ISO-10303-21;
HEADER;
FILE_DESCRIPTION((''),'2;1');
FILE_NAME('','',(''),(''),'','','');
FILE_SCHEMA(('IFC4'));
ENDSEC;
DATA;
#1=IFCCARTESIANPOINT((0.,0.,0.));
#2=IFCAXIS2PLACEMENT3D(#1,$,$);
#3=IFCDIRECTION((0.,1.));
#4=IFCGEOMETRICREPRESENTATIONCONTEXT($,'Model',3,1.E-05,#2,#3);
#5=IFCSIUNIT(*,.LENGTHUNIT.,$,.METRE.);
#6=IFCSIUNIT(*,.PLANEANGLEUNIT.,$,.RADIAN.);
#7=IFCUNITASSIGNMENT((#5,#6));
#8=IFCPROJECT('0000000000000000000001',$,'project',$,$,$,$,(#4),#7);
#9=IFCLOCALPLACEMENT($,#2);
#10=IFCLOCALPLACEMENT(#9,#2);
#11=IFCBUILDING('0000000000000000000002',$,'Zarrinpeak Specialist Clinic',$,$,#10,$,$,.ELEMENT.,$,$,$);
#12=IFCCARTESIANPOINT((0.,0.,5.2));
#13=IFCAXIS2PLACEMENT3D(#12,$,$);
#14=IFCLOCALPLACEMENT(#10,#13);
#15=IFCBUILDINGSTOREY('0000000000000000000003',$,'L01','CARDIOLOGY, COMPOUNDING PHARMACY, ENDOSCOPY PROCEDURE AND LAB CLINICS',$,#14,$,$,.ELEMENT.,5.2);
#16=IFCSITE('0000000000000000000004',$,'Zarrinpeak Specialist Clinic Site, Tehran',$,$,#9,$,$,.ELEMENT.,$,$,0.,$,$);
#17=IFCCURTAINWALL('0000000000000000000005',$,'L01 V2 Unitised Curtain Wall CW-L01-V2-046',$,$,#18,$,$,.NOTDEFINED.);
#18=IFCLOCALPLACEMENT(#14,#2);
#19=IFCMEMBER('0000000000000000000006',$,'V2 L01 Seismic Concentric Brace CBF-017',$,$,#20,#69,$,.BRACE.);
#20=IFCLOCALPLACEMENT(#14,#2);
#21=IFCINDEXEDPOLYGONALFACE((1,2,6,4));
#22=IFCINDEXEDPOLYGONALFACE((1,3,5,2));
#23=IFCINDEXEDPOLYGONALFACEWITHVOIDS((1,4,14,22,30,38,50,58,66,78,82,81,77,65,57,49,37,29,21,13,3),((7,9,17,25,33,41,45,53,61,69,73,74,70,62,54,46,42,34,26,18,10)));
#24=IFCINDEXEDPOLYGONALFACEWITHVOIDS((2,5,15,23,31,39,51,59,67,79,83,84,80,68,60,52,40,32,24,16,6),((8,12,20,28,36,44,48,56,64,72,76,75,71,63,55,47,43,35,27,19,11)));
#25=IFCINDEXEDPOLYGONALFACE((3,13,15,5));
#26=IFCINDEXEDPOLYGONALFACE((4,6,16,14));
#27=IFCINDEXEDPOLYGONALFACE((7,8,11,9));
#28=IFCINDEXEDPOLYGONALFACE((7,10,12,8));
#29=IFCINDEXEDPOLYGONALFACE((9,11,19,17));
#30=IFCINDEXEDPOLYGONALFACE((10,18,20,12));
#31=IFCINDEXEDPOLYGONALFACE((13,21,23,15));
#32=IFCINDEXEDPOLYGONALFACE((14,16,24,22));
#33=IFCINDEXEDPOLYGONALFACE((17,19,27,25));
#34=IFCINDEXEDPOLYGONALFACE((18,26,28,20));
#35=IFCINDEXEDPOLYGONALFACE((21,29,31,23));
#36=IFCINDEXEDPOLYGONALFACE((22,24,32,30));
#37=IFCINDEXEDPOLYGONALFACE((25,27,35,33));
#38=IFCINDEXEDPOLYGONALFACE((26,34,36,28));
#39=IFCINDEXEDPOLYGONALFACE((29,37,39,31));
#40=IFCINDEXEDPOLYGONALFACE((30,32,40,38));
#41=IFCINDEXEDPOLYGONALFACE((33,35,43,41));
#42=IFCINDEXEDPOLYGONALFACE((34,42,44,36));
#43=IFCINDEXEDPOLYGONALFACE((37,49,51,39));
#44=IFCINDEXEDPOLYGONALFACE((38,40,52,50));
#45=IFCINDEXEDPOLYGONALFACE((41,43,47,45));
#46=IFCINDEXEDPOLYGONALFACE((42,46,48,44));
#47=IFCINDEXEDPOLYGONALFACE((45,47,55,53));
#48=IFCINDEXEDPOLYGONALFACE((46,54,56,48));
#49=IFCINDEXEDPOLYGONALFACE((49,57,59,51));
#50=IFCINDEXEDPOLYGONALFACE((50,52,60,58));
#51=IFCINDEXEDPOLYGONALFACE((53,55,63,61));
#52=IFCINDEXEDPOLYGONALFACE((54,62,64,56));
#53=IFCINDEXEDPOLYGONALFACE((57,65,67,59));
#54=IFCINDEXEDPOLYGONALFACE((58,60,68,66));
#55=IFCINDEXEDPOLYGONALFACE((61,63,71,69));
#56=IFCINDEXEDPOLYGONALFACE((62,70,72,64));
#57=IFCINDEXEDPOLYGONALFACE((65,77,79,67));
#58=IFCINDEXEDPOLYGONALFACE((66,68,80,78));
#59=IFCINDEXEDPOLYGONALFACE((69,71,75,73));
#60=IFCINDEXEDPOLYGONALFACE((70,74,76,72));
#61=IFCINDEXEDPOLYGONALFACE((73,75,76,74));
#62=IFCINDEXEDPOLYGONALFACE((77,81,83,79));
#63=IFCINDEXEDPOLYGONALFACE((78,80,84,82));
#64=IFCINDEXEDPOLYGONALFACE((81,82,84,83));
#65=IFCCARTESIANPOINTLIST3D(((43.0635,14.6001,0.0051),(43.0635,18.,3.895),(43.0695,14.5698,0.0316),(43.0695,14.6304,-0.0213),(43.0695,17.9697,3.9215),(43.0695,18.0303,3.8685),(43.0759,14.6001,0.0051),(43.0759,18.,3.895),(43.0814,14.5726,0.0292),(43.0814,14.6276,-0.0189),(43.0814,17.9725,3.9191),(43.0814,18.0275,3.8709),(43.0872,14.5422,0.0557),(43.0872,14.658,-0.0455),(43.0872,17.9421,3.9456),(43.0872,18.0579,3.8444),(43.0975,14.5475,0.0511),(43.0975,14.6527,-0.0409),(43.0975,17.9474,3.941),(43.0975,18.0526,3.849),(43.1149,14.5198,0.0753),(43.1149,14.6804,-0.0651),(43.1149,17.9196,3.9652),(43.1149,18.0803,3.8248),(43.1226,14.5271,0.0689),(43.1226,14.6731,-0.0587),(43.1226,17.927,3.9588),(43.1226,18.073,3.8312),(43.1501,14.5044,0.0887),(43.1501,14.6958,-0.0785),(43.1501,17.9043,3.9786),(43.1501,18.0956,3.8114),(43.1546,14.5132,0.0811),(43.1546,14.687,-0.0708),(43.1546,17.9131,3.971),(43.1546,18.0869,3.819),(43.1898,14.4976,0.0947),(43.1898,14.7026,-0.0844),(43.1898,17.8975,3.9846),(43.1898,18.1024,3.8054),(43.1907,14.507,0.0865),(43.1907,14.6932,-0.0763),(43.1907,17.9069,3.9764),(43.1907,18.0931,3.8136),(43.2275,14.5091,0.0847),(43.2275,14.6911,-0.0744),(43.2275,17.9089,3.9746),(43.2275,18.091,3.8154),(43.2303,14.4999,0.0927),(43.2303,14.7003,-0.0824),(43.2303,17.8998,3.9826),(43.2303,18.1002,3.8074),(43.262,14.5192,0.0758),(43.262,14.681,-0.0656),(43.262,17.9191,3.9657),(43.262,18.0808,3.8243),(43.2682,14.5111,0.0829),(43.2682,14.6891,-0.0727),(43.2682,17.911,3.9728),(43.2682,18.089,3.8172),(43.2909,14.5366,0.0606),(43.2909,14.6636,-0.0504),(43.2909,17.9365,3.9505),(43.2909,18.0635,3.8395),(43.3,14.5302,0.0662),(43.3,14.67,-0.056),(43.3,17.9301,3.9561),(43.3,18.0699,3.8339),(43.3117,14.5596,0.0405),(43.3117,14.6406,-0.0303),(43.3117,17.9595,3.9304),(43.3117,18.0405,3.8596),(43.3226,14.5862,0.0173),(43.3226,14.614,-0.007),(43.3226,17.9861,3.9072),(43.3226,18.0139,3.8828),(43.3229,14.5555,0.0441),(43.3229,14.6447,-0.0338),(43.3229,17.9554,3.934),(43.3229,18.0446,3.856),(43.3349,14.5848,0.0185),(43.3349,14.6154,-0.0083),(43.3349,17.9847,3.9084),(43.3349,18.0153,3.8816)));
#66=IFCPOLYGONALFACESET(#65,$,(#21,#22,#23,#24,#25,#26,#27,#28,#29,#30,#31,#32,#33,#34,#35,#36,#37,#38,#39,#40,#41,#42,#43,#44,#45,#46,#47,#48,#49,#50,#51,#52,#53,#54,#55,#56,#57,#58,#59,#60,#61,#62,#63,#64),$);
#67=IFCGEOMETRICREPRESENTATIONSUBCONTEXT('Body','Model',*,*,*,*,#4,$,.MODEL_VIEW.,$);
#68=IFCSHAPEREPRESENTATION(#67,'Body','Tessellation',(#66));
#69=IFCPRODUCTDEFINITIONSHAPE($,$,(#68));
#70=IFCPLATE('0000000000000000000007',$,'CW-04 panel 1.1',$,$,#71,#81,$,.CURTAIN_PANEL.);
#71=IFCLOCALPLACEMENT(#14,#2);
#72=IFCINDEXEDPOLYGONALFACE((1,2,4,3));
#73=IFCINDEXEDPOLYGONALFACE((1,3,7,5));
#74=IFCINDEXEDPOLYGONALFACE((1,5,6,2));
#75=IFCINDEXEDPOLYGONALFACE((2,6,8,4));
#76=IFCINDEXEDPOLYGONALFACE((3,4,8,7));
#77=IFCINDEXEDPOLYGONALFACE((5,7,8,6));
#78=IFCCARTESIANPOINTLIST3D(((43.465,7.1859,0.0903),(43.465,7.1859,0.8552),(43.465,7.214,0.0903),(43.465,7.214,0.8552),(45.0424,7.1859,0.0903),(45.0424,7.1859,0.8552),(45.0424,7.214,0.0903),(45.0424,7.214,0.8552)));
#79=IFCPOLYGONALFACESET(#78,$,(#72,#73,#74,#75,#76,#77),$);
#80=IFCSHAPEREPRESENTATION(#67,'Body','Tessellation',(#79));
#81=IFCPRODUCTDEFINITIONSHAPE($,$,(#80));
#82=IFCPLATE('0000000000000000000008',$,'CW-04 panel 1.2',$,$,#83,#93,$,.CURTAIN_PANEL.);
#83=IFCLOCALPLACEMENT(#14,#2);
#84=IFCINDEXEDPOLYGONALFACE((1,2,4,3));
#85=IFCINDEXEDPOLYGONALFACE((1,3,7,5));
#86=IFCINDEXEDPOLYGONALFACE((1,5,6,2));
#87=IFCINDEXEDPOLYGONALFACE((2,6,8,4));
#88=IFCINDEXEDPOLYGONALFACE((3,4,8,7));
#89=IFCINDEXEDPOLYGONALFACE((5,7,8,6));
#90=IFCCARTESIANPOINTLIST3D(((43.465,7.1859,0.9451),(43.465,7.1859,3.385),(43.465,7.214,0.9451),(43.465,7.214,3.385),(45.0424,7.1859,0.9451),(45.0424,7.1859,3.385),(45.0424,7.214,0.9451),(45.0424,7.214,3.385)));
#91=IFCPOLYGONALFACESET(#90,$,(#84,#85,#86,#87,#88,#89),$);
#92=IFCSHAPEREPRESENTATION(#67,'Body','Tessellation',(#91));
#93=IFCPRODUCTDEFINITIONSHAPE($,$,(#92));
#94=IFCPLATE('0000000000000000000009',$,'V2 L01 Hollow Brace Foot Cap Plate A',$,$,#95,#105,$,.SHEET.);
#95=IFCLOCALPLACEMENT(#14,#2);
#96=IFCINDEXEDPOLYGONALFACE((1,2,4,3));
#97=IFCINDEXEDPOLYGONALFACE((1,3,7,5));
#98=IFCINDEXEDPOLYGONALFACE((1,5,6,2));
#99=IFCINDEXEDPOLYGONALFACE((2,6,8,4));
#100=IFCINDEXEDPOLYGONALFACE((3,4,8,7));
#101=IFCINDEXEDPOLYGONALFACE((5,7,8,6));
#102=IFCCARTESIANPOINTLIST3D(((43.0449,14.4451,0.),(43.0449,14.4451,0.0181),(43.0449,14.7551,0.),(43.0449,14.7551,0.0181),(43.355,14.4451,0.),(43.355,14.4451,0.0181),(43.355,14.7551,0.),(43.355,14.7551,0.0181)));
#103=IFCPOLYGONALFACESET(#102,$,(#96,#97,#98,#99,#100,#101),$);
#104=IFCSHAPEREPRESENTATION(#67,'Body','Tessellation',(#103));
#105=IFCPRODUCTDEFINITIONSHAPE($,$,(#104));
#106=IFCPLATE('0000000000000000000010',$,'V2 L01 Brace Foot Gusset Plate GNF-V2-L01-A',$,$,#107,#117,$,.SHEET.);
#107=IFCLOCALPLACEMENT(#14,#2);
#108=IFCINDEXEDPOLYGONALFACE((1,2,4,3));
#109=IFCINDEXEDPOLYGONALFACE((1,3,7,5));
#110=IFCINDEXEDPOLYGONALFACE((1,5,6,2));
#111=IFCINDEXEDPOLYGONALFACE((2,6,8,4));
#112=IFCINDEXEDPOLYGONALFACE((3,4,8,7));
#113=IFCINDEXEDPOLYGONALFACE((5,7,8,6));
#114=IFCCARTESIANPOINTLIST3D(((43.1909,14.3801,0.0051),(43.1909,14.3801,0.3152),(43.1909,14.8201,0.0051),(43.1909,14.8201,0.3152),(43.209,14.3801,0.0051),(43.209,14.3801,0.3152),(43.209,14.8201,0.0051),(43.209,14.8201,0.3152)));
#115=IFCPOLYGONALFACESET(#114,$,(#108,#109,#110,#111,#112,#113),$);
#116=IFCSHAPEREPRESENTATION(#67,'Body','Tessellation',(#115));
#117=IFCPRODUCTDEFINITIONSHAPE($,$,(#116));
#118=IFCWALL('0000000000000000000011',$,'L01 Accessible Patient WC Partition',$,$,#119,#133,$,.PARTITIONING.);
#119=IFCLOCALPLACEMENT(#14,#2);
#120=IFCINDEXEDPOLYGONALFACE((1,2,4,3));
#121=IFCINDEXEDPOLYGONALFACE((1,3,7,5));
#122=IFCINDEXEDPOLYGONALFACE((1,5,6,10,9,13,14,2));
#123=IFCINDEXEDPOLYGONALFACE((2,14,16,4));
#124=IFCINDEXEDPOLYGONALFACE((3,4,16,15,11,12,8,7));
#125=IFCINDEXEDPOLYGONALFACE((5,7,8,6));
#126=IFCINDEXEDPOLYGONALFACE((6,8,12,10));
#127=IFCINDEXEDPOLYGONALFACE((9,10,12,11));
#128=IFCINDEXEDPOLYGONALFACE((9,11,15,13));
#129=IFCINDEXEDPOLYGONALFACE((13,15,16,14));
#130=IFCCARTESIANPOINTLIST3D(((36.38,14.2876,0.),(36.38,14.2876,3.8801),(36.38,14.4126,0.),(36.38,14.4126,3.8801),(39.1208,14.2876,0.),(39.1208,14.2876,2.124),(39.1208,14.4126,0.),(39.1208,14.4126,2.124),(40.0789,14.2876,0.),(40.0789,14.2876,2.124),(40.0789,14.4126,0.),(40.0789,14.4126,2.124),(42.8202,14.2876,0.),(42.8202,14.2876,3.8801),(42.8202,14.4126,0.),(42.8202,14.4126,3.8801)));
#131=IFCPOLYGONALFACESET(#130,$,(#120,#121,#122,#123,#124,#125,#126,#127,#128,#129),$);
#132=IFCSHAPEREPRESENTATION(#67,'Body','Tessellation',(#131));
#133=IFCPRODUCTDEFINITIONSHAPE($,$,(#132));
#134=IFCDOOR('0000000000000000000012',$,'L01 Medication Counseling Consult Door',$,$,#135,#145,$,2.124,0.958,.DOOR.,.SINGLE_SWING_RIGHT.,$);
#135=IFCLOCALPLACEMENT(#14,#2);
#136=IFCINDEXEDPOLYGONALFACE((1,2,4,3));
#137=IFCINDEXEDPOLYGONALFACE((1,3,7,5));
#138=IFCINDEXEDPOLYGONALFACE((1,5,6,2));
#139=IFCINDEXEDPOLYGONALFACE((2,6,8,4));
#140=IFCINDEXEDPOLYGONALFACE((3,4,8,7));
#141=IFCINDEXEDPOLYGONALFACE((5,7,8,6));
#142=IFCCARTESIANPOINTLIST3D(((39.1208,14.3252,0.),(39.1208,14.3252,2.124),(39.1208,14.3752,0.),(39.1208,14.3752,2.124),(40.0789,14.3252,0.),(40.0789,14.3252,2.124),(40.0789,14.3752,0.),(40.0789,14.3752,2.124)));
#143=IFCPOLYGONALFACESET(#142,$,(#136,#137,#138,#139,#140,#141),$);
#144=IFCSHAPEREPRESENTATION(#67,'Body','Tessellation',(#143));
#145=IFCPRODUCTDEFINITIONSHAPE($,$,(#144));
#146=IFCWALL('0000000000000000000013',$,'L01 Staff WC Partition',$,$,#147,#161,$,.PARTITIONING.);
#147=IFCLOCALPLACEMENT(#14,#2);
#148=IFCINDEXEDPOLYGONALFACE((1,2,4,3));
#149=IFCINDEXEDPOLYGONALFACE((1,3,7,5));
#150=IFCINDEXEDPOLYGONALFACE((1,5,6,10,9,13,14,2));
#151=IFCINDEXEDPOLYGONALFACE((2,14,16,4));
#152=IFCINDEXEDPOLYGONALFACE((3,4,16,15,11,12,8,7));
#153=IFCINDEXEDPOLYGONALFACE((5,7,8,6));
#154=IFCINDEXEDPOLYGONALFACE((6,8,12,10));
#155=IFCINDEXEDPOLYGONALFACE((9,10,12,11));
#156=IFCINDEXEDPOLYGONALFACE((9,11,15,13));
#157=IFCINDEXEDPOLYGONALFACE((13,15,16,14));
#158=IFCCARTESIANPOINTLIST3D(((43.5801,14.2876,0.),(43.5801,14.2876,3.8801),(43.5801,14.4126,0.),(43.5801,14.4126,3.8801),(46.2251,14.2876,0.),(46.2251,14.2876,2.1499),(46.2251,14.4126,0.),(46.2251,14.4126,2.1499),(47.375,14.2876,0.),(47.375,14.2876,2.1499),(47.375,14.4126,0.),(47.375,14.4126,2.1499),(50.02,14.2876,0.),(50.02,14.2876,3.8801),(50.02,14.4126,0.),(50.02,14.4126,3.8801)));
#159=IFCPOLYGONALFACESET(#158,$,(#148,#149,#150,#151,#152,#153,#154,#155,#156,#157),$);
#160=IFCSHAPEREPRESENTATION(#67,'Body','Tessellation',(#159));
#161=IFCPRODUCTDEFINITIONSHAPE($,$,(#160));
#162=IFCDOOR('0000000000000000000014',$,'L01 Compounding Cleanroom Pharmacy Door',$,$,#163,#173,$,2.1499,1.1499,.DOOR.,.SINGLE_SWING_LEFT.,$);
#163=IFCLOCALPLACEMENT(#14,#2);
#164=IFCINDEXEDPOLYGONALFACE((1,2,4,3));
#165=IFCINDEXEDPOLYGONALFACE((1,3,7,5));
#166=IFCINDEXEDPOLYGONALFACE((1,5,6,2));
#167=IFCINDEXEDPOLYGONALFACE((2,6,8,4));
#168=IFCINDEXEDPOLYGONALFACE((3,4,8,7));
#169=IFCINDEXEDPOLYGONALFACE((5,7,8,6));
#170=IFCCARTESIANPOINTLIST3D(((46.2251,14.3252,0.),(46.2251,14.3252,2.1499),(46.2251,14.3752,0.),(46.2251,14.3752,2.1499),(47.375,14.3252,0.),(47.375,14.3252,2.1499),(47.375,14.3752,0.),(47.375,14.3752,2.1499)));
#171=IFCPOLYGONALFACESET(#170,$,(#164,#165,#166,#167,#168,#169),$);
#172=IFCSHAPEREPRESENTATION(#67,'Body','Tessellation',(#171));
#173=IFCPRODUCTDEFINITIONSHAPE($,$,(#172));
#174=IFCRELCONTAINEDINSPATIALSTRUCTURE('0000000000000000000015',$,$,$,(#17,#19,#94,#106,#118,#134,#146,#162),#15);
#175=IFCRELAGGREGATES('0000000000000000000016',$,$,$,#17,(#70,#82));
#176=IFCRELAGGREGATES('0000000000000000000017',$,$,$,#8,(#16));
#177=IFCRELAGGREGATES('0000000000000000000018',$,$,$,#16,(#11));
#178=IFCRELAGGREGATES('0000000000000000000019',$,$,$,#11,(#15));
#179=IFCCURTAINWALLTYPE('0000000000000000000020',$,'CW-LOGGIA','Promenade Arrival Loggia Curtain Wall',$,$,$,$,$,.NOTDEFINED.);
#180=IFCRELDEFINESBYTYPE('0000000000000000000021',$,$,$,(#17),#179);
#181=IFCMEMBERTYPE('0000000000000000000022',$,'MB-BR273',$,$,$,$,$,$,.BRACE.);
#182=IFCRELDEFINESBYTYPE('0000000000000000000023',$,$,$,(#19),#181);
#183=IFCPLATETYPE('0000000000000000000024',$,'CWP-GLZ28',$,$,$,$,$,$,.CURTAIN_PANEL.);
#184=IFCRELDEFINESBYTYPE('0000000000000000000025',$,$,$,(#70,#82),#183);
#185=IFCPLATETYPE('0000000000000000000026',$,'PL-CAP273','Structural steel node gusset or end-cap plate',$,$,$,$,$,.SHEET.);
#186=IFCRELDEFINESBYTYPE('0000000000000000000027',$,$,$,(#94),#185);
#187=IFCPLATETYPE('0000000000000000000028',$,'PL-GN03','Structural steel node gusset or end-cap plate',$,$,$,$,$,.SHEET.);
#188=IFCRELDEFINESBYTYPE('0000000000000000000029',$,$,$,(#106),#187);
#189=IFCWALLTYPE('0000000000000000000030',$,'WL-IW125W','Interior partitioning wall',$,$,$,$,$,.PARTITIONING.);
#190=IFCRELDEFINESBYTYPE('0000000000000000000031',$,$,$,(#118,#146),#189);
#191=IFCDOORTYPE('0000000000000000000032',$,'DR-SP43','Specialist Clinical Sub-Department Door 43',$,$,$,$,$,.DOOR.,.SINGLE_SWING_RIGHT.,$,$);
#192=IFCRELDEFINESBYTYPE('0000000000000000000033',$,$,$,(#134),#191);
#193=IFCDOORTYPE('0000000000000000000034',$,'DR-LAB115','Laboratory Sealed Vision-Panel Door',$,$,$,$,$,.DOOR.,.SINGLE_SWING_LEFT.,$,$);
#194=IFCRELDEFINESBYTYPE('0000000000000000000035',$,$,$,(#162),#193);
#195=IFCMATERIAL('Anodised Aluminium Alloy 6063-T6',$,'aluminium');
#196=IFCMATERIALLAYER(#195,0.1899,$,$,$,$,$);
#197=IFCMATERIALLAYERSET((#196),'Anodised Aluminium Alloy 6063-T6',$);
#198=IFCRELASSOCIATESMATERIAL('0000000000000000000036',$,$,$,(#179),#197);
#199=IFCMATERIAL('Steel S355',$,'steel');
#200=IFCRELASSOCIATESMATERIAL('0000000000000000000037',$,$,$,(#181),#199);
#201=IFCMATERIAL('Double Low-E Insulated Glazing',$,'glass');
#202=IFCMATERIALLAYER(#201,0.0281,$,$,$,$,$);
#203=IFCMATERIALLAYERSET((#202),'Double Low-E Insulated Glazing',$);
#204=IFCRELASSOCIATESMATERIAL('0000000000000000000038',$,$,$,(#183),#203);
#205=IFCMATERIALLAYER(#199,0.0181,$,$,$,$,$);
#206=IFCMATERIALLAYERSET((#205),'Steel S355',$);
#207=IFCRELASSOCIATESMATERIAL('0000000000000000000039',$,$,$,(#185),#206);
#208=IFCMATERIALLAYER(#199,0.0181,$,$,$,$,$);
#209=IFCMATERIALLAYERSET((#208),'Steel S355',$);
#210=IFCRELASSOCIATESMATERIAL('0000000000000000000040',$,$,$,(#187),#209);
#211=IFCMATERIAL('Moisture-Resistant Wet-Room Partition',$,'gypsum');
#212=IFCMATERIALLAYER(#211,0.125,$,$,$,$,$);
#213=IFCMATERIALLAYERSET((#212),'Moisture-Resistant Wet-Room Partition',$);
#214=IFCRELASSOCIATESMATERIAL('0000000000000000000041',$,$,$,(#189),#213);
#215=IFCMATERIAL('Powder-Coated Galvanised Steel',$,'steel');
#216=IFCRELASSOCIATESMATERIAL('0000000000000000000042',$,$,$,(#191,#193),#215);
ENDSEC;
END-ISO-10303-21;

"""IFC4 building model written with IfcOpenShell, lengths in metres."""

from ifc_helpers import new_model, si_unit, direction, frame, frame_2d, origin, origin_2d, place, context, subcontext, project, spatial, rectangle, hollow_circle, extrude, material, layer, layer_set, material_profile, profile_set, type_object, element, fill, aggregate, save


model = new_model("IFC4")

# Units and contexts
model_context = context("Model", 3, precision=1e-05, world=origin(), true_north=direction((0.0, 1.0)))
body_context = subcontext(model_context, "Body", "Model", "MODEL_VIEW")
ifc_project = project(units=[si_unit("LENGTHUNIT", "METRE"), si_unit("PLANEANGLEUNIT", "RADIAN")], contexts=[model_context])

# Site, building, storey
site_placement = place(None, origin())
site = spatial("IfcSite", under=ifc_project, at=site_placement, Name="Zarrinpeak Specialist Clinic Site, Tehran", CompositionType="ELEMENT", RefElevation=0.0)
building_placement = place(site_placement, origin())
building = spatial("IfcBuilding", under=site, at=building_placement, Name="Zarrinpeak Specialist Clinic", CompositionType="ELEMENT")
storey_placement = place(building_placement, frame((0.0, 0.0, 5.2)))
storey = spatial("IfcBuildingStorey", under=building, at=storey_placement, Name="L01", Description="CARDIOLOGY, COMPOUNDING PHARMACY, ENDOSCOPY PROCEDURE AND LAB CLINICS", CompositionType="ELEMENT", Elevation=5.2)

# Shared definitions
ifc_material_1 = material(Name="Steel S355", Category="steel")

# Curtain wall
ifc_material_2 = material(Name="Anodised Aluminium Alloy 6063-T6", Category="aluminium")
ifc_layer_1 = layer(ifc_material_2, 0.1899)
ifc_layer_set_1 = layer_set([ifc_layer_1], Name="Anodised Aluminium Alloy 6063-T6")
curtain_wall_type = type_object("IfcCurtainWallType", Name="CW-LOGGIA", Description="Promenade Arrival Loggia Curtain Wall", PredefinedType="NOTDEFINED", material=ifc_layer_set_1)
curtain_wall_placement = place(storey_placement, origin())
curtain_wall = element("IfcCurtainWall", 1, at=curtain_wall_placement, inside=storey, type_object=curtain_wall_type, Name="L01 V2 Unitised Curtain Wall CW-L01-V2-046", PredefinedType="NOTDEFINED")

# Member
ifc_material_profile_1 = material_profile(ifc_material_1, hollow_circle(Radius=0.1365, WallThickness=0.0125, at=origin_2d()), Name="CHS 273.0x12.5")
ifc_profile_set_1 = profile_set([ifc_material_profile_1], Name="Steel S355")
member_type_1 = type_object("IfcMemberType", Name="MB-BR273", PredefinedType="BRACE", material=ifc_profile_set_1)
member_1_placement = place(storey_placement, frame((43.2, 14.6001, 0.0051), z_axis=(0.0, 0.658093, 0.752937), x_axis=(-1.0, 0.0, 0.0)))
element("IfcMember", 2, at=member_1_placement, inside=storey, type_object=member_type_1, Name="V2 L01 Seismic Concentric Brace CBF-017", PredefinedType="BRACE", context=body_context, shape_type="SweptSolid", body=[
    extrude(hollow_circle(Radius=0.1365, WallThickness=0.0125, at=origin_2d()), origin(), (0.0, 0.0, 1.0), 5.1663),
])

# Plates
ifc_material_3 = material(Name="Double Low-E Insulated Glazing", Category="glass")
ifc_layer_2 = layer(ifc_material_3, 0.0281)
ifc_layer_set_2 = layer_set([ifc_layer_2], Name="Double Low-E Insulated Glazing")
plate_type_1 = type_object("IfcPlateType", Name="CWP-GLZ28", PredefinedType="CURTAIN_PANEL", material=ifc_layer_set_2)
plate_1_placement = place(storey_placement, frame((44.2537, 7.2, 0.0903), z_axis=(0.0, 0.0, 1.0), x_axis=(1.0, 0.0, 0.0)))
plate_1 = element("IfcPlate", 3, at=plate_1_placement, type_object=plate_type_1, Name="CW-04 panel 1.1", PredefinedType="CURTAIN_PANEL", context=body_context, shape_type="SweptSolid", body=[
    extrude(rectangle(XDim=1.5774, YDim=0.0281, at=origin_2d()), origin(), (0.0, 0.0, 1.0), 0.7649),
])
plate_2_placement = place(storey_placement, frame((44.2537, 7.2, 0.9451), z_axis=(0.0, 0.0, 1.0), x_axis=(1.0, 0.0, 0.0)))
plate_2 = element("IfcPlate", 4, at=plate_2_placement, type_object=plate_type_1, Name="CW-04 panel 1.2", PredefinedType="CURTAIN_PANEL", context=body_context, shape_type="SweptSolid", body=[
    extrude(rectangle(XDim=1.5774, YDim=0.0281, at=origin_2d()), origin(), (0.0, 0.0, 1.0), 2.4399),
])
aggregate(curtain_wall, [plate_1, plate_2])

# Plates
ifc_layer_3 = layer(ifc_material_1, 0.0181)
ifc_layer_set_3 = layer_set([ifc_layer_3], Name="Steel S355")
plate_type_2 = type_object("IfcPlateType", Name="PL-CAP273", Description="Structural steel node gusset or end-cap plate", PredefinedType="SHEET", material=ifc_layer_set_3)
plate_3_placement = place(storey_placement, frame((43.2, 14.6001, 0.0), z_axis=(0.0, 0.0, 1.0), x_axis=(1.0, 0.0, 0.0)))
element("IfcPlate", 5, at=plate_3_placement, inside=storey, type_object=plate_type_2, Name="V2 L01 Hollow Brace Foot Cap Plate A", PredefinedType="SHEET", context=body_context, shape_type="SweptSolid", body=[
    extrude(rectangle(XDim=0.3101, YDim=0.3101, at=origin_2d()), origin(), (0.0, 0.0, 1.0), 0.0181),
])
ifc_layer_4 = layer(ifc_material_1, 0.0181)
ifc_layer_set_4 = layer_set([ifc_layer_4], Name="Steel S355")
plate_type_3 = type_object("IfcPlateType", Name="PL-GN03", Description="Structural steel node gusset or end-cap plate", PredefinedType="SHEET", material=ifc_layer_set_4)
plate_4_placement = place(storey_placement, frame((43.2, 14.6001, 0.0051), z_axis=(0.0, 0.0, 1.0), x_axis=(1.0, 0.0, 0.0)))
element("IfcPlate", 6, at=plate_4_placement, inside=storey, type_object=plate_type_3, Name="V2 L01 Brace Foot Gusset Plate GNF-V2-L01-A", PredefinedType="SHEET", context=body_context, shape_type="SweptSolid", body=[
    extrude(rectangle(XDim=0.0181, YDim=0.4399, at=origin_2d()), origin(), (0.0, 0.0, 1.0), 0.3101),
])

# Walls, openings, doors
ifc_material_4 = material(Name="Moisture-Resistant Wet-Room Partition", Category="gypsum")
ifc_layer_5 = layer(ifc_material_4, 0.125)
ifc_layer_set_5 = layer_set([ifc_layer_5], Name="Moisture-Resistant Wet-Room Partition")
wall_type = type_object("IfcWallType", Name="WL-IW125W", Description="Interior partitioning wall", PredefinedType="PARTITIONING", material=ifc_layer_set_5)
wall_1_placement = place(storey_placement, frame((36.3799, 14.3501, 0.0), z_axis=(0.0, 0.0, 1.0), x_axis=(1.0, 0.0, 0.0)))
wall_1 = element("IfcWall", 7, at=wall_1_placement, inside=storey, type_object=wall_type, Name="L01 Accessible Patient WC Partition", PredefinedType="PARTITIONING", context=body_context, shape_type="SweptSolid", body=[
    extrude(rectangle(XDim=6.4402, YDim=0.125, at=frame_2d((3.2202, 0.0))), origin(), (0.0, 0.0, 1.0), 3.8801),
])
opening_1_placement = place(wall_1_placement, frame((2.741, 0.0, 0.0)))
opening_1 = element("IfcOpeningElement", 8, at=opening_1_placement, cuts=wall_1, PredefinedType="OPENING", context=body_context, shape_type="SweptSolid", body=[
    extrude(rectangle(XDim=0.958, YDim=2.124, at=frame_2d((0.479, 1.062))), frame((0.0, 0.0725, 0.0), z_axis=(0.0, -1.0, 0.0), x_axis=(1.0, 0.0, 0.0)), (0.0, 0.0, 1.0), 0.145),
])
ifc_material_5 = material(Name="Powder-Coated Galvanised Steel", Category="steel")
door_type_1 = type_object("IfcDoorType", Name="DR-SP43", Description="Specialist Clinical Sub-Department Door 43", OperationType="SINGLE_SWING_RIGHT", PredefinedType="DOOR", material=ifc_material_5)
door_1_placement = place(opening_1_placement, frame((0.958, 0.0, 0.0), z_axis=(0.0, 0.0, 1.0), x_axis=(-1.0, 0.0, 0.0)))
door_1 = element("IfcDoor", 9, at=door_1_placement, inside=storey, type_object=door_type_1, Name="L01 Medication Counseling Consult Door", OperationType="SINGLE_SWING_RIGHT", OverallHeight=2.124, OverallWidth=0.958, PredefinedType="DOOR", context=body_context, shape_type="SweptSolid", body=[
    extrude(rectangle(XDim=0.958, YDim=2.124, at=frame_2d((0.479, 1.062))), frame((0.0, 0.0249, 0.0), z_axis=(0.0, -1.0, 0.0), x_axis=(1.0, 0.0, 0.0)), (0.0, 0.0, 1.0), 0.05),
])
fill(opening_1, door_1)
wall_2_placement = place(storey_placement, frame((43.5801, 14.3501, 0.0), z_axis=(0.0, 0.0, 1.0), x_axis=(1.0, 0.0, 0.0)))
wall_2 = element("IfcWall", 10, at=wall_2_placement, inside=storey, type_object=wall_type, Name="L01 Staff WC Partition", PredefinedType="PARTITIONING", context=body_context, shape_type="SweptSolid", body=[
    extrude(rectangle(XDim=6.4399, YDim=0.125, at=frame_2d((3.22, 0.0))), origin(), (0.0, 0.0, 1.0), 3.8801),
])
opening_2_placement = place(wall_2_placement, frame((2.645, 0.0, 0.0)))
opening_2 = element("IfcOpeningElement", 11, at=opening_2_placement, cuts=wall_2, PredefinedType="OPENING", context=body_context, shape_type="SweptSolid", body=[
    extrude(rectangle(XDim=1.1499, YDim=2.1499, at=frame_2d((0.575, 1.075))), frame((0.0, 0.0725, 0.0), z_axis=(0.0, -1.0, 0.0), x_axis=(1.0, 0.0, 0.0)), (0.0, 0.0, 1.0), 0.145),
])
door_type_2 = type_object("IfcDoorType", Name="DR-LAB115", Description="Laboratory Sealed Vision-Panel Door", OperationType="SINGLE_SWING_LEFT", PredefinedType="DOOR", material=ifc_material_5)
door_2_placement = place(opening_2_placement, frame((1.1499, 0.0, 0.0), z_axis=(0.0, 0.0, 1.0), x_axis=(-1.0, 0.0, 0.0)))
door_2 = element("IfcDoor", 12, at=door_2_placement, inside=storey, type_object=door_type_2, Name="L01 Compounding Cleanroom Pharmacy Door", OperationType="SINGLE_SWING_LEFT", OverallHeight=2.1499, OverallWidth=1.1499, PredefinedType="DOOR", context=body_context, shape_type="SweptSolid", body=[
    extrude(rectangle(XDim=1.1499, YDim=2.1499, at=frame_2d((0.575, 1.075))), frame((0.0, 0.0249, 0.0), z_axis=(0.0, -1.0, 0.0), x_axis=(1.0, 0.0, 0.0)), (0.0, 0.0, 1.0), 0.05),
])
fill(opening_2, door_2)

save(model, "model.ifc")
